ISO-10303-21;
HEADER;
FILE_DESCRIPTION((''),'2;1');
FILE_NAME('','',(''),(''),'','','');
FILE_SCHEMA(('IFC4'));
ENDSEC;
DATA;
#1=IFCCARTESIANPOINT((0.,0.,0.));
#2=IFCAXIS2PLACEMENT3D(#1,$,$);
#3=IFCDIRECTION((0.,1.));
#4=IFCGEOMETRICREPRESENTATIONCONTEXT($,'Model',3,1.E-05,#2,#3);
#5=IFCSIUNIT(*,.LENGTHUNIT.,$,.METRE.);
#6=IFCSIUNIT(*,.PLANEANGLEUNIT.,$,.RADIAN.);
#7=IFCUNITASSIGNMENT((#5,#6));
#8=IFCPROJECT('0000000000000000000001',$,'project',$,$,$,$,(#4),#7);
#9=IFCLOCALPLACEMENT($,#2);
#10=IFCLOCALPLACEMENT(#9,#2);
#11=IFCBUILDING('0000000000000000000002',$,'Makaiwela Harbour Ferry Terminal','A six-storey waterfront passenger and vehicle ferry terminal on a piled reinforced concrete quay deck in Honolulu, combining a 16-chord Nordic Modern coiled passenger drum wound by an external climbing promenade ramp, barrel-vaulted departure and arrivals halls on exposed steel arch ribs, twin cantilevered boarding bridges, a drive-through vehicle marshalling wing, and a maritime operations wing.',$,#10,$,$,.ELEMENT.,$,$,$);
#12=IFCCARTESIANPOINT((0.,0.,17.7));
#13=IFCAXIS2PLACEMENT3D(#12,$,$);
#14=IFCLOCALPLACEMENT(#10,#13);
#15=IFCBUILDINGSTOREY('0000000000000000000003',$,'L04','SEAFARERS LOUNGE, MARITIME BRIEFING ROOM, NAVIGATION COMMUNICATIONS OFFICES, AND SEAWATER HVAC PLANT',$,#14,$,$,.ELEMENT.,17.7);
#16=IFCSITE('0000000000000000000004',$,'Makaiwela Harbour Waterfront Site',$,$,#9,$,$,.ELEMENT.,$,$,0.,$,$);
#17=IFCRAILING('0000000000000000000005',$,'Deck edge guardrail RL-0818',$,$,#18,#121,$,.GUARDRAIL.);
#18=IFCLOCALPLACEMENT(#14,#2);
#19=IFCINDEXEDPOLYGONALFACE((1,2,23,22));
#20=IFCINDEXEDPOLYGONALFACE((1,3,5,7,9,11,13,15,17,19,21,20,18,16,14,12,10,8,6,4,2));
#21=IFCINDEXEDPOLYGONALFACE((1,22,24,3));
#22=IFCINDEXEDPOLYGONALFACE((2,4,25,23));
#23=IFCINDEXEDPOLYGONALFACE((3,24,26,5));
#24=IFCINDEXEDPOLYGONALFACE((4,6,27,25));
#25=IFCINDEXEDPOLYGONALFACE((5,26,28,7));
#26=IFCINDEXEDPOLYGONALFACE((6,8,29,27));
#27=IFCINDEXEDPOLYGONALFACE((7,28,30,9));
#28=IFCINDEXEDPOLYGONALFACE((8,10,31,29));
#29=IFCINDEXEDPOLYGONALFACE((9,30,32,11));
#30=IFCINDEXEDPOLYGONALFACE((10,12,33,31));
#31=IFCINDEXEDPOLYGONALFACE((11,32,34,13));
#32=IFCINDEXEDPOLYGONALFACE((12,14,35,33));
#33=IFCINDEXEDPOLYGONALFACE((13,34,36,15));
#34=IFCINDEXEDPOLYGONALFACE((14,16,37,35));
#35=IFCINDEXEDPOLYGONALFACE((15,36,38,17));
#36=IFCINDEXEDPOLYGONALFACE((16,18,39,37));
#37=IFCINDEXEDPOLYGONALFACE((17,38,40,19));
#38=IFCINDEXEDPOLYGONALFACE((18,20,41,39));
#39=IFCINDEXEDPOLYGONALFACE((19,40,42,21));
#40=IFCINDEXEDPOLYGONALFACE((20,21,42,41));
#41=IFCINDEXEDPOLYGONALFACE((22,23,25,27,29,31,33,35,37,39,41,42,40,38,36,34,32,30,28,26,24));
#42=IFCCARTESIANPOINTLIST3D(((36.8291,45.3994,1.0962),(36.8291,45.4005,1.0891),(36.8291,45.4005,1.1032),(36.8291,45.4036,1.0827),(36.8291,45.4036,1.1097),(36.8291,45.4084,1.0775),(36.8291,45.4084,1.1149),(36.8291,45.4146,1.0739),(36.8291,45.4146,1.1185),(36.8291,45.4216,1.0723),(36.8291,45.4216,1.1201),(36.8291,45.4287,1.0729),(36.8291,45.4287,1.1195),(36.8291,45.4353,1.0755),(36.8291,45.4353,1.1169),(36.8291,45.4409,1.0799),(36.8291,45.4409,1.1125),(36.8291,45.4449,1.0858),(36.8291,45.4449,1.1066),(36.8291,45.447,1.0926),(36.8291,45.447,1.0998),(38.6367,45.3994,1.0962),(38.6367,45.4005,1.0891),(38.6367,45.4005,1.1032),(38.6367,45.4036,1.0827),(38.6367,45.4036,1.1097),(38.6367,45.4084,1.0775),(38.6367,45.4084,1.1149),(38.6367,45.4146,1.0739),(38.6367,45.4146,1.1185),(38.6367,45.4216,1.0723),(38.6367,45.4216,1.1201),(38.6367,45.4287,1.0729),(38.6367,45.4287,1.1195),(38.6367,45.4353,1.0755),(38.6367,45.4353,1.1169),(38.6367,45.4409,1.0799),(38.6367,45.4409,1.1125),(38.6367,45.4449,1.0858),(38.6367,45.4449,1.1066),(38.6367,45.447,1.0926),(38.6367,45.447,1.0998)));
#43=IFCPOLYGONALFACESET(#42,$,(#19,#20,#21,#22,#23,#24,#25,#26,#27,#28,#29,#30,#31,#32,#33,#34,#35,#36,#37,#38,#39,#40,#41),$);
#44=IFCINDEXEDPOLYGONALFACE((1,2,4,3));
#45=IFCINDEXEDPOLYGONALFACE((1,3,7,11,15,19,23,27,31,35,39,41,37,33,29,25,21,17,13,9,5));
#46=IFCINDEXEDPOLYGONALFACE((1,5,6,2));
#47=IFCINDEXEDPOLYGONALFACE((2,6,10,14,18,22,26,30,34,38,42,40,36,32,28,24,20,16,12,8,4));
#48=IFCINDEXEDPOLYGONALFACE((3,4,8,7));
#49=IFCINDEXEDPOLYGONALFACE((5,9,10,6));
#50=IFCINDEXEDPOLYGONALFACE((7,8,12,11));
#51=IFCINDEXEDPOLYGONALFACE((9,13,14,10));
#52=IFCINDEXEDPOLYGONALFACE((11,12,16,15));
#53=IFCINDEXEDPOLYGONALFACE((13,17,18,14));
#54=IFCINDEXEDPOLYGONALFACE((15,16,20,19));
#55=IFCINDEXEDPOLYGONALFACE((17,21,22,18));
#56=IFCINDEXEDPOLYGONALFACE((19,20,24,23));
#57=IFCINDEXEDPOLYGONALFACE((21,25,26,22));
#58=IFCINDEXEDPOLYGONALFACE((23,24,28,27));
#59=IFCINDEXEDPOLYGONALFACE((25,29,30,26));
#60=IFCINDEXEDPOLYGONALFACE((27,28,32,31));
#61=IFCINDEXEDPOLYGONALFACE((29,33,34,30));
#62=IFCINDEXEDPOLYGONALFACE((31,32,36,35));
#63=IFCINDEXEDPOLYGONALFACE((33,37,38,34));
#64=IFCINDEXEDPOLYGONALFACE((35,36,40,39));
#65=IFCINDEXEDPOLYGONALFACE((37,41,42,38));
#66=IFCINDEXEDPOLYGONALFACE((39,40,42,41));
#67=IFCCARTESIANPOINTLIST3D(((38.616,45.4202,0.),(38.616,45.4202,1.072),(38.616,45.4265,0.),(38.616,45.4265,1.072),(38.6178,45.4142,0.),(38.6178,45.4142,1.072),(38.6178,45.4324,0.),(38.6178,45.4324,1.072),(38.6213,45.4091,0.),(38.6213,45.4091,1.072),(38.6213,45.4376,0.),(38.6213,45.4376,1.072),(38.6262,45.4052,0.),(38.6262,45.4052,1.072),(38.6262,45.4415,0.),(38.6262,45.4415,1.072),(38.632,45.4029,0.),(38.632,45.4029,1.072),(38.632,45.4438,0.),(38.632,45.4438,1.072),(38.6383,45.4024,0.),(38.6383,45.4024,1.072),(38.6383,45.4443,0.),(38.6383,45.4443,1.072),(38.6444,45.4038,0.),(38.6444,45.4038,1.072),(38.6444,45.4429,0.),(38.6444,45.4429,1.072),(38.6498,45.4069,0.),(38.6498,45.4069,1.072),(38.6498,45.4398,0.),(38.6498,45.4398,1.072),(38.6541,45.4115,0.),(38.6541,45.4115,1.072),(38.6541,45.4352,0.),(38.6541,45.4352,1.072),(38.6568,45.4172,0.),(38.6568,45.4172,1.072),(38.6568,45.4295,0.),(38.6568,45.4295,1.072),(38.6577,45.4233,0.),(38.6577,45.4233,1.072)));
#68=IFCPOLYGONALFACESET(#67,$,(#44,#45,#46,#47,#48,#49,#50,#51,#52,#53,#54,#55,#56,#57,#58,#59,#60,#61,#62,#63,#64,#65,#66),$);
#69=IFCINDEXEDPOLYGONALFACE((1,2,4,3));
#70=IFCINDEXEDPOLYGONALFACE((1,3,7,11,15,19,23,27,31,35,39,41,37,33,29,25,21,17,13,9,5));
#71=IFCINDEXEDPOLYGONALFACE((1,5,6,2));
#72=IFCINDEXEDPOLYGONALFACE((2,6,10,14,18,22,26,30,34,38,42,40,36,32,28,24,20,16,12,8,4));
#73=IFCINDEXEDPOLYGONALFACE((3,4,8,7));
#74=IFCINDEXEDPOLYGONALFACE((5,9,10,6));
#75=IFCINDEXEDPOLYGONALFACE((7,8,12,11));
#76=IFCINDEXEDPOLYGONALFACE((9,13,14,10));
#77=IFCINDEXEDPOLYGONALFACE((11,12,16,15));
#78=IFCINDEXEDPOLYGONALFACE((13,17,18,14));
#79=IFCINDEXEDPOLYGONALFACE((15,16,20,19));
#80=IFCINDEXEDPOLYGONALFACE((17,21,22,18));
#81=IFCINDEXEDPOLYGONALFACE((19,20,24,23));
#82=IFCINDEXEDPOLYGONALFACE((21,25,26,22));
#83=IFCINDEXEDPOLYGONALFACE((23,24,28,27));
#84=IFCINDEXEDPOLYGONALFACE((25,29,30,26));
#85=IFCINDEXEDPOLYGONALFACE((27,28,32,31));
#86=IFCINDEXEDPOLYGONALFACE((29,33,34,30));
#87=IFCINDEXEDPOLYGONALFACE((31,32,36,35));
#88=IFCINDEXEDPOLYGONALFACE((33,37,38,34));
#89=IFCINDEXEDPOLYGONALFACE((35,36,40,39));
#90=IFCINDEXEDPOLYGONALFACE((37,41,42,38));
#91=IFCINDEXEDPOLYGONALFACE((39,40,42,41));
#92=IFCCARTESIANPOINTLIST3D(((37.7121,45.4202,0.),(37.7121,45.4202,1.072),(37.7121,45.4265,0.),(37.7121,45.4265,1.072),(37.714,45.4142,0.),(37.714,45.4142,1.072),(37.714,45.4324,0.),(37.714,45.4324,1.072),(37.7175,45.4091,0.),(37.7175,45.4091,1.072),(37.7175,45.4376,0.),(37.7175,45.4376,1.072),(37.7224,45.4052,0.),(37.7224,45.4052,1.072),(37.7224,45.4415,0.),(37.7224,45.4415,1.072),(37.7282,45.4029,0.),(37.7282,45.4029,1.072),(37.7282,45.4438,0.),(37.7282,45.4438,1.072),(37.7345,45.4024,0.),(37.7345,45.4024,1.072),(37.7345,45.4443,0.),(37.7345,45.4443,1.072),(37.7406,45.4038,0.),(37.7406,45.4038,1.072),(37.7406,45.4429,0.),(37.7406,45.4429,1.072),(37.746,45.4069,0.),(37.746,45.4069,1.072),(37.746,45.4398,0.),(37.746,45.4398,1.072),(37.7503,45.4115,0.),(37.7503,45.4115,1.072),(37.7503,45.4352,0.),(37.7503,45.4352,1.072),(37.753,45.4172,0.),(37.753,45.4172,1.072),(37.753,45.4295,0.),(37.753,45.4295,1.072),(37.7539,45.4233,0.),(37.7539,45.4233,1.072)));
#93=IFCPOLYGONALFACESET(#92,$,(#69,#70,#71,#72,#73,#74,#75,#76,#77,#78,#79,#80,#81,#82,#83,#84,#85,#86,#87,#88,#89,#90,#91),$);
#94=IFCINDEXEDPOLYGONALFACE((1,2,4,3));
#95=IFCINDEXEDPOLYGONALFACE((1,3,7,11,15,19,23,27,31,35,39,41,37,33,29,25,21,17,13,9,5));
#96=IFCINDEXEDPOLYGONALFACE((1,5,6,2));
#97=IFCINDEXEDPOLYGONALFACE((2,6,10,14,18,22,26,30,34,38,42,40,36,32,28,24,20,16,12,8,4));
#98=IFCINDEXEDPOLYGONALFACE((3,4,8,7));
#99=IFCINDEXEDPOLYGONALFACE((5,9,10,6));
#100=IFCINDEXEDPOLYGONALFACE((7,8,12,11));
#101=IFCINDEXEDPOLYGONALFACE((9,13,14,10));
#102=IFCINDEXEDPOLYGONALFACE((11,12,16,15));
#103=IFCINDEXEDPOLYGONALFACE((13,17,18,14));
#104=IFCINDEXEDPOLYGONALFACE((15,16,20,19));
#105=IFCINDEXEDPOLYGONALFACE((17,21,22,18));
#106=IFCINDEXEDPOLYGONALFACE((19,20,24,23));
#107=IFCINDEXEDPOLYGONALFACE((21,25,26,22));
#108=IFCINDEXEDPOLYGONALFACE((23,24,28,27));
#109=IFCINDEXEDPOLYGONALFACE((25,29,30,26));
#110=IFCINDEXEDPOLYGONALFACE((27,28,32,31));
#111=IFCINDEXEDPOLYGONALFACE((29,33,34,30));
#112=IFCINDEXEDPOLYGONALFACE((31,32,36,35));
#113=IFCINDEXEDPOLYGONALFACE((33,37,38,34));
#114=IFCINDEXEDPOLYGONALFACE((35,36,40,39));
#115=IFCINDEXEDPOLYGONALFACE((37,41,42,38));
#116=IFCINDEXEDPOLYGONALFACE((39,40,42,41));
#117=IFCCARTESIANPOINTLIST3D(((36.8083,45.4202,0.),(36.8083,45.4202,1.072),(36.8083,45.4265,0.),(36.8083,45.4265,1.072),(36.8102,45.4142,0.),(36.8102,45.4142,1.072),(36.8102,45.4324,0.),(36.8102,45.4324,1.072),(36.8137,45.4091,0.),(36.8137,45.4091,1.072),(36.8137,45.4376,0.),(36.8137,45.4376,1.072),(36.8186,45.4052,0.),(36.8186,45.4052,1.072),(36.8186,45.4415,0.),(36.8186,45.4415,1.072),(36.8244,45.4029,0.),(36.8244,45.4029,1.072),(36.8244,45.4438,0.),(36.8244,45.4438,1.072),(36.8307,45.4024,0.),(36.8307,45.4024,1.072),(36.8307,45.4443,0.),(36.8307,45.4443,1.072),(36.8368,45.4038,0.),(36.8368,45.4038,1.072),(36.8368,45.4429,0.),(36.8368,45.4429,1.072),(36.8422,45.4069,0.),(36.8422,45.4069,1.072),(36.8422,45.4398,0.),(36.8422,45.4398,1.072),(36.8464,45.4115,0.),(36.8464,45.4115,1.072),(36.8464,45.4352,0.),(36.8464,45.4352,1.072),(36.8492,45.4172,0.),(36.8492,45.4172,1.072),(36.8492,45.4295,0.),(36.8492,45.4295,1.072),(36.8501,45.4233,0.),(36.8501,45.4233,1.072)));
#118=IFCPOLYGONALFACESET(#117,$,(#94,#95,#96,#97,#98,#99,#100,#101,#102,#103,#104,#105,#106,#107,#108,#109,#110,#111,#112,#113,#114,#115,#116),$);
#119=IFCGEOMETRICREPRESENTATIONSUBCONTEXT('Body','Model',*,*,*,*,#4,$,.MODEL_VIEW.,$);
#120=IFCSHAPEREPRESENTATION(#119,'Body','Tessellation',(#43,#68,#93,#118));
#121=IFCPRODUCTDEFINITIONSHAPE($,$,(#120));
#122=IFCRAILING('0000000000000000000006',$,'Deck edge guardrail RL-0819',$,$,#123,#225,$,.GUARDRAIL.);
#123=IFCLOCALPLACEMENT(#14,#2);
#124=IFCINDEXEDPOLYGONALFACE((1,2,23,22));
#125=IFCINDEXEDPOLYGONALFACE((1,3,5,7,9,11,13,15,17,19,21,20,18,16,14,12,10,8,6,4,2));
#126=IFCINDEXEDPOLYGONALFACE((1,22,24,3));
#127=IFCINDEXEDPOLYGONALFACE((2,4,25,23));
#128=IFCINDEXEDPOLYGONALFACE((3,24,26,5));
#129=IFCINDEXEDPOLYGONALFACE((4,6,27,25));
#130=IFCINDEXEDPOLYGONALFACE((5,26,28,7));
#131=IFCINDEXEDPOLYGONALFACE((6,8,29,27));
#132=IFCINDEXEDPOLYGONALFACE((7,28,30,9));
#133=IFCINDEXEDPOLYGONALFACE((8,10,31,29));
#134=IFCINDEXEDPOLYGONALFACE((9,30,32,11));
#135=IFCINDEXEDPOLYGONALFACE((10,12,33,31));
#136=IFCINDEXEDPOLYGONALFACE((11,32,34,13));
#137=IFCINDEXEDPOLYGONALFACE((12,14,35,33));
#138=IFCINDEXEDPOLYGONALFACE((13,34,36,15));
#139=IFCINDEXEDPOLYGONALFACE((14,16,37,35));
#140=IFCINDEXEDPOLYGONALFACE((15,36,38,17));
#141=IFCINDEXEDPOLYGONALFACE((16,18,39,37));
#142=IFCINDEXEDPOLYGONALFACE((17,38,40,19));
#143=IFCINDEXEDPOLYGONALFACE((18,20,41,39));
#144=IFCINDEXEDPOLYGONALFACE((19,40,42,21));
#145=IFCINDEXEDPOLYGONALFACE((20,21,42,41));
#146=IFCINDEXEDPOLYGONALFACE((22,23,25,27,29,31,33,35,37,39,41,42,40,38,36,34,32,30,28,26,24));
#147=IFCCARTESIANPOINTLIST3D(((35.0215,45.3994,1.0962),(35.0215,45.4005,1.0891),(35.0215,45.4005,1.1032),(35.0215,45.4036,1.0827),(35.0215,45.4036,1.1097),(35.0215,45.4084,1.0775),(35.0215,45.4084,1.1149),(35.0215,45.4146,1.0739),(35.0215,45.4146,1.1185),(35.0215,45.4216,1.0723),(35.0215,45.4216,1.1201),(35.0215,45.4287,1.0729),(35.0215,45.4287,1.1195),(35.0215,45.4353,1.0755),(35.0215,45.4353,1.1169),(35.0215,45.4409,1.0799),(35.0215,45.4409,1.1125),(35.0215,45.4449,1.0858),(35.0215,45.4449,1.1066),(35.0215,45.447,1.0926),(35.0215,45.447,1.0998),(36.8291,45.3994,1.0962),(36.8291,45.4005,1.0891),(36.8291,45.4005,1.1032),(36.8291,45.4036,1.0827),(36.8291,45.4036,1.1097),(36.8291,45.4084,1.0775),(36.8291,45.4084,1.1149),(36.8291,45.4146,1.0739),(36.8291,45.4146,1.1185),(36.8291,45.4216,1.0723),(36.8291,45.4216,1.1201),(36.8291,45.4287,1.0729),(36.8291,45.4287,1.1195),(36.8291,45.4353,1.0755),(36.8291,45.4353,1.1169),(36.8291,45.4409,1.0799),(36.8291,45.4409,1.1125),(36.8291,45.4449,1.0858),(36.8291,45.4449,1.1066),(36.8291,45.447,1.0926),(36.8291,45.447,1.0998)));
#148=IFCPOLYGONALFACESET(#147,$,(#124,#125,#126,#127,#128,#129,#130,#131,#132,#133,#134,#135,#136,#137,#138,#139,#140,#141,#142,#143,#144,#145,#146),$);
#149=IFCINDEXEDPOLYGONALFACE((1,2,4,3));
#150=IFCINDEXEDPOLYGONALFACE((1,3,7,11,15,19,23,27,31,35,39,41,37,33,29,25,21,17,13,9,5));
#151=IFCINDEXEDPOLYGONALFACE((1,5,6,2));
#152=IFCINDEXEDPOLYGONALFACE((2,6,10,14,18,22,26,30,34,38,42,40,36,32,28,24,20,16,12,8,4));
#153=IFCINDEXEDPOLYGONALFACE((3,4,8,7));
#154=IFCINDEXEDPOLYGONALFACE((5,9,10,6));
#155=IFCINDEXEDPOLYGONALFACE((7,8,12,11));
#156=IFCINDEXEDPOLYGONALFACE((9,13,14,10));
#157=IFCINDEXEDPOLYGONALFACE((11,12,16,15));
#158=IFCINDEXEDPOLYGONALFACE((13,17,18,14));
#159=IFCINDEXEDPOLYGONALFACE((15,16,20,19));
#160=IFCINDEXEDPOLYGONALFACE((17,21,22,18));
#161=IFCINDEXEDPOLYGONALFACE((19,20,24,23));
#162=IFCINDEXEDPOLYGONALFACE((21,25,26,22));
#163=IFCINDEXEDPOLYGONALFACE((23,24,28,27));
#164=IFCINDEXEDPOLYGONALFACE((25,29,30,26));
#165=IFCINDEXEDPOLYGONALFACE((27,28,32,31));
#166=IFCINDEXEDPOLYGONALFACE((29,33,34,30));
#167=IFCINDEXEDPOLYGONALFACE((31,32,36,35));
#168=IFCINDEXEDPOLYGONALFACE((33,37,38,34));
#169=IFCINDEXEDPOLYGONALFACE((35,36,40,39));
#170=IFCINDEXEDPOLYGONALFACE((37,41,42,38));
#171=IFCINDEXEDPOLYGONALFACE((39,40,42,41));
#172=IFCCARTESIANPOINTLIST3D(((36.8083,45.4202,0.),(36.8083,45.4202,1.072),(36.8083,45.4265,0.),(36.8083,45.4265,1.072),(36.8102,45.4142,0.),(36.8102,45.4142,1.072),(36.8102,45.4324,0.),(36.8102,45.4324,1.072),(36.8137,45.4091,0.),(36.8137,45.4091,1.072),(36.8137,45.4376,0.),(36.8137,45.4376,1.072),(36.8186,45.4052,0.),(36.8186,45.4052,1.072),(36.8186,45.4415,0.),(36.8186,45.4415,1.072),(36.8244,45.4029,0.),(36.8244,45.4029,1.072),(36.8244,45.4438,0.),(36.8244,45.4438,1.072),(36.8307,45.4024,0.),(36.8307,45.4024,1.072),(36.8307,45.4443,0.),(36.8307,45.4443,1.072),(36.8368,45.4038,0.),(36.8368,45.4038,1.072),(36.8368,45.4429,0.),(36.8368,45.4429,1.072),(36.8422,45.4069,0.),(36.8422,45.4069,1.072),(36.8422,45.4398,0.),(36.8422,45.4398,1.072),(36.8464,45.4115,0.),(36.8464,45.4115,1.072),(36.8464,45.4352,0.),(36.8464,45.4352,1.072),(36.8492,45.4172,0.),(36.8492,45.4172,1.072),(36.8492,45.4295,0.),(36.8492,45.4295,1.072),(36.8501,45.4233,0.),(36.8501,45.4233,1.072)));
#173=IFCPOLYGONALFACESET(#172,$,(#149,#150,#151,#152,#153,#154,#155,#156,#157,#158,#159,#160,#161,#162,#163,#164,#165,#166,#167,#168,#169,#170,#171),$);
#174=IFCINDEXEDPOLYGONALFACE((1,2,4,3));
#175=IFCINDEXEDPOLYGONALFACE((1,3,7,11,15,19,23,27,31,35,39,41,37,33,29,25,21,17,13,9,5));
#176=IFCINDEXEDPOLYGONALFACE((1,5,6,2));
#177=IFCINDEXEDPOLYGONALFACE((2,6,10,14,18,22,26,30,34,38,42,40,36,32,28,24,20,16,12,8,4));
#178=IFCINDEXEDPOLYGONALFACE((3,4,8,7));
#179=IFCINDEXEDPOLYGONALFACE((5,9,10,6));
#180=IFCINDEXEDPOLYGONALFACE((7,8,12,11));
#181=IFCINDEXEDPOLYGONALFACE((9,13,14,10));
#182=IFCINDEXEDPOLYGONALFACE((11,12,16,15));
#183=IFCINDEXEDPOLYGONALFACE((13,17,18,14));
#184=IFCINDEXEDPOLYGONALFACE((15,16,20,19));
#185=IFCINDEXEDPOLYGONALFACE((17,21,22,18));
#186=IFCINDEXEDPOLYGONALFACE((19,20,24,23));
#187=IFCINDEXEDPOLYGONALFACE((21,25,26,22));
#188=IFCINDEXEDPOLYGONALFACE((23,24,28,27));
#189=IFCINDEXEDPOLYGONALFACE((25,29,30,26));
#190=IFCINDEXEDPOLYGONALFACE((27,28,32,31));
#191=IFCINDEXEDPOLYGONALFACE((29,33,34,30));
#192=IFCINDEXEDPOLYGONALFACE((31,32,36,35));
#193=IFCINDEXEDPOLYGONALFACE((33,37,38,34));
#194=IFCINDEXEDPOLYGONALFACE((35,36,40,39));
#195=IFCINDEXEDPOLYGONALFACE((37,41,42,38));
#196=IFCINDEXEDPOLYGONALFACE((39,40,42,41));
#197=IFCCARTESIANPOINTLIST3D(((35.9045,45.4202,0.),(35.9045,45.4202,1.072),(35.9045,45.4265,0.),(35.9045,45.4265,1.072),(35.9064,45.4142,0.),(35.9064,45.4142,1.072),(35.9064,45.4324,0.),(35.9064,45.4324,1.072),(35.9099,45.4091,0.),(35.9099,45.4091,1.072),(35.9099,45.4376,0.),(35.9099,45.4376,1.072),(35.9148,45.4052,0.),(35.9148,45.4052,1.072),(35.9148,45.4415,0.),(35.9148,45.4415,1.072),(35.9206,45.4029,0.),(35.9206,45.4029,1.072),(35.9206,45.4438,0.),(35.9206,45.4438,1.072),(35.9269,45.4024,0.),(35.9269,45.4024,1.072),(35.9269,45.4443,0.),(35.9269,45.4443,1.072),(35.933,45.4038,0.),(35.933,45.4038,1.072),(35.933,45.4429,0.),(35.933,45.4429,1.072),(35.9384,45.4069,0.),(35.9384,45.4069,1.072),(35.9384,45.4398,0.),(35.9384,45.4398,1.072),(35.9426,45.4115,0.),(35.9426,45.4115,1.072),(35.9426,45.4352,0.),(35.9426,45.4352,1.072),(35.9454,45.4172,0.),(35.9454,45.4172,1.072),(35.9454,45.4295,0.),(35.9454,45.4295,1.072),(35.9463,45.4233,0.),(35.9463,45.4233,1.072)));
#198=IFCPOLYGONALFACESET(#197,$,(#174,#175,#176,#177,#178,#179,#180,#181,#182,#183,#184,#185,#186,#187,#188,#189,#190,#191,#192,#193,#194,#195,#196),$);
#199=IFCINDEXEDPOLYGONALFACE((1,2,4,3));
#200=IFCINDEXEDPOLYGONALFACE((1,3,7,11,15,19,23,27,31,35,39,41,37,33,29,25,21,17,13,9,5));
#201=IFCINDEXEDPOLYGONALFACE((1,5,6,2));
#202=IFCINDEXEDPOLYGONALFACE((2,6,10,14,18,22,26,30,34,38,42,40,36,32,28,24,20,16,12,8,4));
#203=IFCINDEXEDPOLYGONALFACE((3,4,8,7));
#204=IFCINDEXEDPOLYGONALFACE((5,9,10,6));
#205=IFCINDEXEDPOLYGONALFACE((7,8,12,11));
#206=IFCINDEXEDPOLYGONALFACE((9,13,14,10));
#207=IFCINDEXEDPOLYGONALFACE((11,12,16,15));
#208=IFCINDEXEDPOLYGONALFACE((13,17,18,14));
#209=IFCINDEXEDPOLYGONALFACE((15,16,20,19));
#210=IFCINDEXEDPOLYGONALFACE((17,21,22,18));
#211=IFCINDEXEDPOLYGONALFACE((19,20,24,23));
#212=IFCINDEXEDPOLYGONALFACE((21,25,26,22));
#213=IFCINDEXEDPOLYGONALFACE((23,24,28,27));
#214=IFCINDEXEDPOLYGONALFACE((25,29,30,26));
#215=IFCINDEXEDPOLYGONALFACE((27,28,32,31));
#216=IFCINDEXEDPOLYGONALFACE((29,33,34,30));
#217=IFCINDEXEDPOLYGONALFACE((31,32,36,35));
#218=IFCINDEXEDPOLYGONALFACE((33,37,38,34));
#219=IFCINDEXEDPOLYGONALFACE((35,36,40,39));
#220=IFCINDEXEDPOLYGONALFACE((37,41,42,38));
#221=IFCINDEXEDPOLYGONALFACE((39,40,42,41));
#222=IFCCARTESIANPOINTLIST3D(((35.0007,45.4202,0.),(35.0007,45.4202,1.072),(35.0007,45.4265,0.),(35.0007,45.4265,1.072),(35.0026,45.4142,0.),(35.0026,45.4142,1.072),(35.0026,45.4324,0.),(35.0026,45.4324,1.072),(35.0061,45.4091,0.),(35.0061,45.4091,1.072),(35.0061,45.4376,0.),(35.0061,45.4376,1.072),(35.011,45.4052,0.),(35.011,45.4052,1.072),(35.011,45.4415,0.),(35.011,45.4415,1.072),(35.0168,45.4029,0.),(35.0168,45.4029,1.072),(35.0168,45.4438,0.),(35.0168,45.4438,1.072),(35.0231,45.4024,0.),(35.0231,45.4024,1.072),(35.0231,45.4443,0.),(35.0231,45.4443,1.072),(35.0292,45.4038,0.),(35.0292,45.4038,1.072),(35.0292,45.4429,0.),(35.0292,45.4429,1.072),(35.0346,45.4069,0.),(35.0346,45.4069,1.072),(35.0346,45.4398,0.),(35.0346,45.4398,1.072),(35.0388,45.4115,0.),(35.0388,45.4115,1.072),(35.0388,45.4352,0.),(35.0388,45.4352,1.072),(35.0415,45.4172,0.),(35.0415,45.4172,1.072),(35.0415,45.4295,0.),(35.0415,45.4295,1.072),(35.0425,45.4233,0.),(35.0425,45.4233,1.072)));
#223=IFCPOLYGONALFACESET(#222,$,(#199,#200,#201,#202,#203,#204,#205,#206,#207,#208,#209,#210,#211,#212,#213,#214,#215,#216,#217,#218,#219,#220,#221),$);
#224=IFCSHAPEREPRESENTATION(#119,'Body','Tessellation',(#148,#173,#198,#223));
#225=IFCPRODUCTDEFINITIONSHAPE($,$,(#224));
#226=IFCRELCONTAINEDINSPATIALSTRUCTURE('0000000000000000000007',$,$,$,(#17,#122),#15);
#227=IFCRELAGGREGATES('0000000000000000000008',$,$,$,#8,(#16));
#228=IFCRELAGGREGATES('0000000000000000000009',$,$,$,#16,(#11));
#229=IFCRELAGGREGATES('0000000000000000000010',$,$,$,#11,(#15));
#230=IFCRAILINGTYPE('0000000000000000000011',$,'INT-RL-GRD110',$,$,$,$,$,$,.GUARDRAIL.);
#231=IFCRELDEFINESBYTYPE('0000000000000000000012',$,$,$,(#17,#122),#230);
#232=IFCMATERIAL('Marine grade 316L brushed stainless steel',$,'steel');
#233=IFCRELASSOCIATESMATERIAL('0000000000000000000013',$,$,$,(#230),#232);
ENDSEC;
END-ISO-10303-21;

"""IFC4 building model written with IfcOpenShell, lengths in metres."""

from ifc_helpers import new_model, si_unit, direction, frame, origin, origin_2d, place, context, subcontext, project, spatial, circle, extrude, material, type_object, element, save


model = new_model("IFC4")

# Units and contexts
model_context = context("Model", 3, precision=1e-05, world=origin(), true_north=direction((0.0, 1.0)))
body_context = subcontext(model_context, "Body", "Model", "MODEL_VIEW")
ifc_project = project(units=[si_unit("LENGTHUNIT", "METRE"), si_unit("PLANEANGLEUNIT", "RADIAN")], contexts=[model_context])

# Site, building, storey
site_placement = place(None, origin())
site = spatial("IfcSite", under=ifc_project, at=site_placement, Name="Makaiwela Harbour Waterfront Site", CompositionType="ELEMENT", RefElevation=0.0)
building_placement = place(site_placement, origin())
building = spatial("IfcBuilding", under=site, at=building_placement, Name="Makaiwela Harbour Ferry Terminal", Description="A six-storey waterfront passenger and vehicle ferry terminal on a piled reinforced concrete quay deck in Honolulu, combining a 16-chord Nordic Modern coiled passenger drum wound by an external climbing promenade ramp, barrel-vaulted departure and arrivals halls on exposed steel arch ribs, twin cantilevered boarding bridges, a drive-through vehicle marshalling wing, and a maritime operations wing.", CompositionType="ELEMENT")
storey_placement = place(building_placement, frame((0.0, 0.0, 17.7)))
storey = spatial("IfcBuildingStorey", under=building, at=storey_placement, Name="L04", Description="SEAFARERS LOUNGE, MARITIME BRIEFING ROOM, NAVIGATION COMMUNICATIONS OFFICES, AND SEAWATER HVAC PLANT", CompositionType="ELEMENT", Elevation=17.7)

# Railings
ifc_material_1 = material(Name="Marine grade 316L brushed stainless steel", Category="steel")
railing_type = type_object("IfcRailingType", Name="INT-RL-GRD110", PredefinedType="GUARDRAIL", material=ifc_material_1)
for number, where, name in (
    (1, (38.6367, 45.4233, 0.0), "Deck edge guardrail RL-0818"),
    (2, (36.8291, 45.4233, 0.0), "Deck edge guardrail RL-0819"),
):
    element("IfcRailing", number, at=place(storey_placement, frame(where)), inside=storey, type_object=railing_type, Name=name, PredefinedType="GUARDRAIL", context=body_context, shape_type="SweptSolid", body=[
        extrude(circle(Radius=0.0239, at=origin_2d()), frame((0.0, 0.0, 1.0962), z_axis=(-1.0, 0.0, 0.0), x_axis=(0.0, -1.0, 0.0)), (0.0, 0.0, 1.0), 1.8076),
        extrude(circle(Radius=0.021, at=origin_2d()), origin(), (0.0, 0.0, 1.0), 1.072),
        extrude(circle(Radius=0.021, at=origin_2d()), frame((-0.9038, 0.0, 0.0)), (0.0, 0.0, 1.0), 1.072),
        extrude(circle(Radius=0.021, at=origin_2d()), frame((-1.8076, 0.0, 0.0)), (0.0, 0.0, 1.0), 1.072),
    ])

save(model, "model.ifc")
